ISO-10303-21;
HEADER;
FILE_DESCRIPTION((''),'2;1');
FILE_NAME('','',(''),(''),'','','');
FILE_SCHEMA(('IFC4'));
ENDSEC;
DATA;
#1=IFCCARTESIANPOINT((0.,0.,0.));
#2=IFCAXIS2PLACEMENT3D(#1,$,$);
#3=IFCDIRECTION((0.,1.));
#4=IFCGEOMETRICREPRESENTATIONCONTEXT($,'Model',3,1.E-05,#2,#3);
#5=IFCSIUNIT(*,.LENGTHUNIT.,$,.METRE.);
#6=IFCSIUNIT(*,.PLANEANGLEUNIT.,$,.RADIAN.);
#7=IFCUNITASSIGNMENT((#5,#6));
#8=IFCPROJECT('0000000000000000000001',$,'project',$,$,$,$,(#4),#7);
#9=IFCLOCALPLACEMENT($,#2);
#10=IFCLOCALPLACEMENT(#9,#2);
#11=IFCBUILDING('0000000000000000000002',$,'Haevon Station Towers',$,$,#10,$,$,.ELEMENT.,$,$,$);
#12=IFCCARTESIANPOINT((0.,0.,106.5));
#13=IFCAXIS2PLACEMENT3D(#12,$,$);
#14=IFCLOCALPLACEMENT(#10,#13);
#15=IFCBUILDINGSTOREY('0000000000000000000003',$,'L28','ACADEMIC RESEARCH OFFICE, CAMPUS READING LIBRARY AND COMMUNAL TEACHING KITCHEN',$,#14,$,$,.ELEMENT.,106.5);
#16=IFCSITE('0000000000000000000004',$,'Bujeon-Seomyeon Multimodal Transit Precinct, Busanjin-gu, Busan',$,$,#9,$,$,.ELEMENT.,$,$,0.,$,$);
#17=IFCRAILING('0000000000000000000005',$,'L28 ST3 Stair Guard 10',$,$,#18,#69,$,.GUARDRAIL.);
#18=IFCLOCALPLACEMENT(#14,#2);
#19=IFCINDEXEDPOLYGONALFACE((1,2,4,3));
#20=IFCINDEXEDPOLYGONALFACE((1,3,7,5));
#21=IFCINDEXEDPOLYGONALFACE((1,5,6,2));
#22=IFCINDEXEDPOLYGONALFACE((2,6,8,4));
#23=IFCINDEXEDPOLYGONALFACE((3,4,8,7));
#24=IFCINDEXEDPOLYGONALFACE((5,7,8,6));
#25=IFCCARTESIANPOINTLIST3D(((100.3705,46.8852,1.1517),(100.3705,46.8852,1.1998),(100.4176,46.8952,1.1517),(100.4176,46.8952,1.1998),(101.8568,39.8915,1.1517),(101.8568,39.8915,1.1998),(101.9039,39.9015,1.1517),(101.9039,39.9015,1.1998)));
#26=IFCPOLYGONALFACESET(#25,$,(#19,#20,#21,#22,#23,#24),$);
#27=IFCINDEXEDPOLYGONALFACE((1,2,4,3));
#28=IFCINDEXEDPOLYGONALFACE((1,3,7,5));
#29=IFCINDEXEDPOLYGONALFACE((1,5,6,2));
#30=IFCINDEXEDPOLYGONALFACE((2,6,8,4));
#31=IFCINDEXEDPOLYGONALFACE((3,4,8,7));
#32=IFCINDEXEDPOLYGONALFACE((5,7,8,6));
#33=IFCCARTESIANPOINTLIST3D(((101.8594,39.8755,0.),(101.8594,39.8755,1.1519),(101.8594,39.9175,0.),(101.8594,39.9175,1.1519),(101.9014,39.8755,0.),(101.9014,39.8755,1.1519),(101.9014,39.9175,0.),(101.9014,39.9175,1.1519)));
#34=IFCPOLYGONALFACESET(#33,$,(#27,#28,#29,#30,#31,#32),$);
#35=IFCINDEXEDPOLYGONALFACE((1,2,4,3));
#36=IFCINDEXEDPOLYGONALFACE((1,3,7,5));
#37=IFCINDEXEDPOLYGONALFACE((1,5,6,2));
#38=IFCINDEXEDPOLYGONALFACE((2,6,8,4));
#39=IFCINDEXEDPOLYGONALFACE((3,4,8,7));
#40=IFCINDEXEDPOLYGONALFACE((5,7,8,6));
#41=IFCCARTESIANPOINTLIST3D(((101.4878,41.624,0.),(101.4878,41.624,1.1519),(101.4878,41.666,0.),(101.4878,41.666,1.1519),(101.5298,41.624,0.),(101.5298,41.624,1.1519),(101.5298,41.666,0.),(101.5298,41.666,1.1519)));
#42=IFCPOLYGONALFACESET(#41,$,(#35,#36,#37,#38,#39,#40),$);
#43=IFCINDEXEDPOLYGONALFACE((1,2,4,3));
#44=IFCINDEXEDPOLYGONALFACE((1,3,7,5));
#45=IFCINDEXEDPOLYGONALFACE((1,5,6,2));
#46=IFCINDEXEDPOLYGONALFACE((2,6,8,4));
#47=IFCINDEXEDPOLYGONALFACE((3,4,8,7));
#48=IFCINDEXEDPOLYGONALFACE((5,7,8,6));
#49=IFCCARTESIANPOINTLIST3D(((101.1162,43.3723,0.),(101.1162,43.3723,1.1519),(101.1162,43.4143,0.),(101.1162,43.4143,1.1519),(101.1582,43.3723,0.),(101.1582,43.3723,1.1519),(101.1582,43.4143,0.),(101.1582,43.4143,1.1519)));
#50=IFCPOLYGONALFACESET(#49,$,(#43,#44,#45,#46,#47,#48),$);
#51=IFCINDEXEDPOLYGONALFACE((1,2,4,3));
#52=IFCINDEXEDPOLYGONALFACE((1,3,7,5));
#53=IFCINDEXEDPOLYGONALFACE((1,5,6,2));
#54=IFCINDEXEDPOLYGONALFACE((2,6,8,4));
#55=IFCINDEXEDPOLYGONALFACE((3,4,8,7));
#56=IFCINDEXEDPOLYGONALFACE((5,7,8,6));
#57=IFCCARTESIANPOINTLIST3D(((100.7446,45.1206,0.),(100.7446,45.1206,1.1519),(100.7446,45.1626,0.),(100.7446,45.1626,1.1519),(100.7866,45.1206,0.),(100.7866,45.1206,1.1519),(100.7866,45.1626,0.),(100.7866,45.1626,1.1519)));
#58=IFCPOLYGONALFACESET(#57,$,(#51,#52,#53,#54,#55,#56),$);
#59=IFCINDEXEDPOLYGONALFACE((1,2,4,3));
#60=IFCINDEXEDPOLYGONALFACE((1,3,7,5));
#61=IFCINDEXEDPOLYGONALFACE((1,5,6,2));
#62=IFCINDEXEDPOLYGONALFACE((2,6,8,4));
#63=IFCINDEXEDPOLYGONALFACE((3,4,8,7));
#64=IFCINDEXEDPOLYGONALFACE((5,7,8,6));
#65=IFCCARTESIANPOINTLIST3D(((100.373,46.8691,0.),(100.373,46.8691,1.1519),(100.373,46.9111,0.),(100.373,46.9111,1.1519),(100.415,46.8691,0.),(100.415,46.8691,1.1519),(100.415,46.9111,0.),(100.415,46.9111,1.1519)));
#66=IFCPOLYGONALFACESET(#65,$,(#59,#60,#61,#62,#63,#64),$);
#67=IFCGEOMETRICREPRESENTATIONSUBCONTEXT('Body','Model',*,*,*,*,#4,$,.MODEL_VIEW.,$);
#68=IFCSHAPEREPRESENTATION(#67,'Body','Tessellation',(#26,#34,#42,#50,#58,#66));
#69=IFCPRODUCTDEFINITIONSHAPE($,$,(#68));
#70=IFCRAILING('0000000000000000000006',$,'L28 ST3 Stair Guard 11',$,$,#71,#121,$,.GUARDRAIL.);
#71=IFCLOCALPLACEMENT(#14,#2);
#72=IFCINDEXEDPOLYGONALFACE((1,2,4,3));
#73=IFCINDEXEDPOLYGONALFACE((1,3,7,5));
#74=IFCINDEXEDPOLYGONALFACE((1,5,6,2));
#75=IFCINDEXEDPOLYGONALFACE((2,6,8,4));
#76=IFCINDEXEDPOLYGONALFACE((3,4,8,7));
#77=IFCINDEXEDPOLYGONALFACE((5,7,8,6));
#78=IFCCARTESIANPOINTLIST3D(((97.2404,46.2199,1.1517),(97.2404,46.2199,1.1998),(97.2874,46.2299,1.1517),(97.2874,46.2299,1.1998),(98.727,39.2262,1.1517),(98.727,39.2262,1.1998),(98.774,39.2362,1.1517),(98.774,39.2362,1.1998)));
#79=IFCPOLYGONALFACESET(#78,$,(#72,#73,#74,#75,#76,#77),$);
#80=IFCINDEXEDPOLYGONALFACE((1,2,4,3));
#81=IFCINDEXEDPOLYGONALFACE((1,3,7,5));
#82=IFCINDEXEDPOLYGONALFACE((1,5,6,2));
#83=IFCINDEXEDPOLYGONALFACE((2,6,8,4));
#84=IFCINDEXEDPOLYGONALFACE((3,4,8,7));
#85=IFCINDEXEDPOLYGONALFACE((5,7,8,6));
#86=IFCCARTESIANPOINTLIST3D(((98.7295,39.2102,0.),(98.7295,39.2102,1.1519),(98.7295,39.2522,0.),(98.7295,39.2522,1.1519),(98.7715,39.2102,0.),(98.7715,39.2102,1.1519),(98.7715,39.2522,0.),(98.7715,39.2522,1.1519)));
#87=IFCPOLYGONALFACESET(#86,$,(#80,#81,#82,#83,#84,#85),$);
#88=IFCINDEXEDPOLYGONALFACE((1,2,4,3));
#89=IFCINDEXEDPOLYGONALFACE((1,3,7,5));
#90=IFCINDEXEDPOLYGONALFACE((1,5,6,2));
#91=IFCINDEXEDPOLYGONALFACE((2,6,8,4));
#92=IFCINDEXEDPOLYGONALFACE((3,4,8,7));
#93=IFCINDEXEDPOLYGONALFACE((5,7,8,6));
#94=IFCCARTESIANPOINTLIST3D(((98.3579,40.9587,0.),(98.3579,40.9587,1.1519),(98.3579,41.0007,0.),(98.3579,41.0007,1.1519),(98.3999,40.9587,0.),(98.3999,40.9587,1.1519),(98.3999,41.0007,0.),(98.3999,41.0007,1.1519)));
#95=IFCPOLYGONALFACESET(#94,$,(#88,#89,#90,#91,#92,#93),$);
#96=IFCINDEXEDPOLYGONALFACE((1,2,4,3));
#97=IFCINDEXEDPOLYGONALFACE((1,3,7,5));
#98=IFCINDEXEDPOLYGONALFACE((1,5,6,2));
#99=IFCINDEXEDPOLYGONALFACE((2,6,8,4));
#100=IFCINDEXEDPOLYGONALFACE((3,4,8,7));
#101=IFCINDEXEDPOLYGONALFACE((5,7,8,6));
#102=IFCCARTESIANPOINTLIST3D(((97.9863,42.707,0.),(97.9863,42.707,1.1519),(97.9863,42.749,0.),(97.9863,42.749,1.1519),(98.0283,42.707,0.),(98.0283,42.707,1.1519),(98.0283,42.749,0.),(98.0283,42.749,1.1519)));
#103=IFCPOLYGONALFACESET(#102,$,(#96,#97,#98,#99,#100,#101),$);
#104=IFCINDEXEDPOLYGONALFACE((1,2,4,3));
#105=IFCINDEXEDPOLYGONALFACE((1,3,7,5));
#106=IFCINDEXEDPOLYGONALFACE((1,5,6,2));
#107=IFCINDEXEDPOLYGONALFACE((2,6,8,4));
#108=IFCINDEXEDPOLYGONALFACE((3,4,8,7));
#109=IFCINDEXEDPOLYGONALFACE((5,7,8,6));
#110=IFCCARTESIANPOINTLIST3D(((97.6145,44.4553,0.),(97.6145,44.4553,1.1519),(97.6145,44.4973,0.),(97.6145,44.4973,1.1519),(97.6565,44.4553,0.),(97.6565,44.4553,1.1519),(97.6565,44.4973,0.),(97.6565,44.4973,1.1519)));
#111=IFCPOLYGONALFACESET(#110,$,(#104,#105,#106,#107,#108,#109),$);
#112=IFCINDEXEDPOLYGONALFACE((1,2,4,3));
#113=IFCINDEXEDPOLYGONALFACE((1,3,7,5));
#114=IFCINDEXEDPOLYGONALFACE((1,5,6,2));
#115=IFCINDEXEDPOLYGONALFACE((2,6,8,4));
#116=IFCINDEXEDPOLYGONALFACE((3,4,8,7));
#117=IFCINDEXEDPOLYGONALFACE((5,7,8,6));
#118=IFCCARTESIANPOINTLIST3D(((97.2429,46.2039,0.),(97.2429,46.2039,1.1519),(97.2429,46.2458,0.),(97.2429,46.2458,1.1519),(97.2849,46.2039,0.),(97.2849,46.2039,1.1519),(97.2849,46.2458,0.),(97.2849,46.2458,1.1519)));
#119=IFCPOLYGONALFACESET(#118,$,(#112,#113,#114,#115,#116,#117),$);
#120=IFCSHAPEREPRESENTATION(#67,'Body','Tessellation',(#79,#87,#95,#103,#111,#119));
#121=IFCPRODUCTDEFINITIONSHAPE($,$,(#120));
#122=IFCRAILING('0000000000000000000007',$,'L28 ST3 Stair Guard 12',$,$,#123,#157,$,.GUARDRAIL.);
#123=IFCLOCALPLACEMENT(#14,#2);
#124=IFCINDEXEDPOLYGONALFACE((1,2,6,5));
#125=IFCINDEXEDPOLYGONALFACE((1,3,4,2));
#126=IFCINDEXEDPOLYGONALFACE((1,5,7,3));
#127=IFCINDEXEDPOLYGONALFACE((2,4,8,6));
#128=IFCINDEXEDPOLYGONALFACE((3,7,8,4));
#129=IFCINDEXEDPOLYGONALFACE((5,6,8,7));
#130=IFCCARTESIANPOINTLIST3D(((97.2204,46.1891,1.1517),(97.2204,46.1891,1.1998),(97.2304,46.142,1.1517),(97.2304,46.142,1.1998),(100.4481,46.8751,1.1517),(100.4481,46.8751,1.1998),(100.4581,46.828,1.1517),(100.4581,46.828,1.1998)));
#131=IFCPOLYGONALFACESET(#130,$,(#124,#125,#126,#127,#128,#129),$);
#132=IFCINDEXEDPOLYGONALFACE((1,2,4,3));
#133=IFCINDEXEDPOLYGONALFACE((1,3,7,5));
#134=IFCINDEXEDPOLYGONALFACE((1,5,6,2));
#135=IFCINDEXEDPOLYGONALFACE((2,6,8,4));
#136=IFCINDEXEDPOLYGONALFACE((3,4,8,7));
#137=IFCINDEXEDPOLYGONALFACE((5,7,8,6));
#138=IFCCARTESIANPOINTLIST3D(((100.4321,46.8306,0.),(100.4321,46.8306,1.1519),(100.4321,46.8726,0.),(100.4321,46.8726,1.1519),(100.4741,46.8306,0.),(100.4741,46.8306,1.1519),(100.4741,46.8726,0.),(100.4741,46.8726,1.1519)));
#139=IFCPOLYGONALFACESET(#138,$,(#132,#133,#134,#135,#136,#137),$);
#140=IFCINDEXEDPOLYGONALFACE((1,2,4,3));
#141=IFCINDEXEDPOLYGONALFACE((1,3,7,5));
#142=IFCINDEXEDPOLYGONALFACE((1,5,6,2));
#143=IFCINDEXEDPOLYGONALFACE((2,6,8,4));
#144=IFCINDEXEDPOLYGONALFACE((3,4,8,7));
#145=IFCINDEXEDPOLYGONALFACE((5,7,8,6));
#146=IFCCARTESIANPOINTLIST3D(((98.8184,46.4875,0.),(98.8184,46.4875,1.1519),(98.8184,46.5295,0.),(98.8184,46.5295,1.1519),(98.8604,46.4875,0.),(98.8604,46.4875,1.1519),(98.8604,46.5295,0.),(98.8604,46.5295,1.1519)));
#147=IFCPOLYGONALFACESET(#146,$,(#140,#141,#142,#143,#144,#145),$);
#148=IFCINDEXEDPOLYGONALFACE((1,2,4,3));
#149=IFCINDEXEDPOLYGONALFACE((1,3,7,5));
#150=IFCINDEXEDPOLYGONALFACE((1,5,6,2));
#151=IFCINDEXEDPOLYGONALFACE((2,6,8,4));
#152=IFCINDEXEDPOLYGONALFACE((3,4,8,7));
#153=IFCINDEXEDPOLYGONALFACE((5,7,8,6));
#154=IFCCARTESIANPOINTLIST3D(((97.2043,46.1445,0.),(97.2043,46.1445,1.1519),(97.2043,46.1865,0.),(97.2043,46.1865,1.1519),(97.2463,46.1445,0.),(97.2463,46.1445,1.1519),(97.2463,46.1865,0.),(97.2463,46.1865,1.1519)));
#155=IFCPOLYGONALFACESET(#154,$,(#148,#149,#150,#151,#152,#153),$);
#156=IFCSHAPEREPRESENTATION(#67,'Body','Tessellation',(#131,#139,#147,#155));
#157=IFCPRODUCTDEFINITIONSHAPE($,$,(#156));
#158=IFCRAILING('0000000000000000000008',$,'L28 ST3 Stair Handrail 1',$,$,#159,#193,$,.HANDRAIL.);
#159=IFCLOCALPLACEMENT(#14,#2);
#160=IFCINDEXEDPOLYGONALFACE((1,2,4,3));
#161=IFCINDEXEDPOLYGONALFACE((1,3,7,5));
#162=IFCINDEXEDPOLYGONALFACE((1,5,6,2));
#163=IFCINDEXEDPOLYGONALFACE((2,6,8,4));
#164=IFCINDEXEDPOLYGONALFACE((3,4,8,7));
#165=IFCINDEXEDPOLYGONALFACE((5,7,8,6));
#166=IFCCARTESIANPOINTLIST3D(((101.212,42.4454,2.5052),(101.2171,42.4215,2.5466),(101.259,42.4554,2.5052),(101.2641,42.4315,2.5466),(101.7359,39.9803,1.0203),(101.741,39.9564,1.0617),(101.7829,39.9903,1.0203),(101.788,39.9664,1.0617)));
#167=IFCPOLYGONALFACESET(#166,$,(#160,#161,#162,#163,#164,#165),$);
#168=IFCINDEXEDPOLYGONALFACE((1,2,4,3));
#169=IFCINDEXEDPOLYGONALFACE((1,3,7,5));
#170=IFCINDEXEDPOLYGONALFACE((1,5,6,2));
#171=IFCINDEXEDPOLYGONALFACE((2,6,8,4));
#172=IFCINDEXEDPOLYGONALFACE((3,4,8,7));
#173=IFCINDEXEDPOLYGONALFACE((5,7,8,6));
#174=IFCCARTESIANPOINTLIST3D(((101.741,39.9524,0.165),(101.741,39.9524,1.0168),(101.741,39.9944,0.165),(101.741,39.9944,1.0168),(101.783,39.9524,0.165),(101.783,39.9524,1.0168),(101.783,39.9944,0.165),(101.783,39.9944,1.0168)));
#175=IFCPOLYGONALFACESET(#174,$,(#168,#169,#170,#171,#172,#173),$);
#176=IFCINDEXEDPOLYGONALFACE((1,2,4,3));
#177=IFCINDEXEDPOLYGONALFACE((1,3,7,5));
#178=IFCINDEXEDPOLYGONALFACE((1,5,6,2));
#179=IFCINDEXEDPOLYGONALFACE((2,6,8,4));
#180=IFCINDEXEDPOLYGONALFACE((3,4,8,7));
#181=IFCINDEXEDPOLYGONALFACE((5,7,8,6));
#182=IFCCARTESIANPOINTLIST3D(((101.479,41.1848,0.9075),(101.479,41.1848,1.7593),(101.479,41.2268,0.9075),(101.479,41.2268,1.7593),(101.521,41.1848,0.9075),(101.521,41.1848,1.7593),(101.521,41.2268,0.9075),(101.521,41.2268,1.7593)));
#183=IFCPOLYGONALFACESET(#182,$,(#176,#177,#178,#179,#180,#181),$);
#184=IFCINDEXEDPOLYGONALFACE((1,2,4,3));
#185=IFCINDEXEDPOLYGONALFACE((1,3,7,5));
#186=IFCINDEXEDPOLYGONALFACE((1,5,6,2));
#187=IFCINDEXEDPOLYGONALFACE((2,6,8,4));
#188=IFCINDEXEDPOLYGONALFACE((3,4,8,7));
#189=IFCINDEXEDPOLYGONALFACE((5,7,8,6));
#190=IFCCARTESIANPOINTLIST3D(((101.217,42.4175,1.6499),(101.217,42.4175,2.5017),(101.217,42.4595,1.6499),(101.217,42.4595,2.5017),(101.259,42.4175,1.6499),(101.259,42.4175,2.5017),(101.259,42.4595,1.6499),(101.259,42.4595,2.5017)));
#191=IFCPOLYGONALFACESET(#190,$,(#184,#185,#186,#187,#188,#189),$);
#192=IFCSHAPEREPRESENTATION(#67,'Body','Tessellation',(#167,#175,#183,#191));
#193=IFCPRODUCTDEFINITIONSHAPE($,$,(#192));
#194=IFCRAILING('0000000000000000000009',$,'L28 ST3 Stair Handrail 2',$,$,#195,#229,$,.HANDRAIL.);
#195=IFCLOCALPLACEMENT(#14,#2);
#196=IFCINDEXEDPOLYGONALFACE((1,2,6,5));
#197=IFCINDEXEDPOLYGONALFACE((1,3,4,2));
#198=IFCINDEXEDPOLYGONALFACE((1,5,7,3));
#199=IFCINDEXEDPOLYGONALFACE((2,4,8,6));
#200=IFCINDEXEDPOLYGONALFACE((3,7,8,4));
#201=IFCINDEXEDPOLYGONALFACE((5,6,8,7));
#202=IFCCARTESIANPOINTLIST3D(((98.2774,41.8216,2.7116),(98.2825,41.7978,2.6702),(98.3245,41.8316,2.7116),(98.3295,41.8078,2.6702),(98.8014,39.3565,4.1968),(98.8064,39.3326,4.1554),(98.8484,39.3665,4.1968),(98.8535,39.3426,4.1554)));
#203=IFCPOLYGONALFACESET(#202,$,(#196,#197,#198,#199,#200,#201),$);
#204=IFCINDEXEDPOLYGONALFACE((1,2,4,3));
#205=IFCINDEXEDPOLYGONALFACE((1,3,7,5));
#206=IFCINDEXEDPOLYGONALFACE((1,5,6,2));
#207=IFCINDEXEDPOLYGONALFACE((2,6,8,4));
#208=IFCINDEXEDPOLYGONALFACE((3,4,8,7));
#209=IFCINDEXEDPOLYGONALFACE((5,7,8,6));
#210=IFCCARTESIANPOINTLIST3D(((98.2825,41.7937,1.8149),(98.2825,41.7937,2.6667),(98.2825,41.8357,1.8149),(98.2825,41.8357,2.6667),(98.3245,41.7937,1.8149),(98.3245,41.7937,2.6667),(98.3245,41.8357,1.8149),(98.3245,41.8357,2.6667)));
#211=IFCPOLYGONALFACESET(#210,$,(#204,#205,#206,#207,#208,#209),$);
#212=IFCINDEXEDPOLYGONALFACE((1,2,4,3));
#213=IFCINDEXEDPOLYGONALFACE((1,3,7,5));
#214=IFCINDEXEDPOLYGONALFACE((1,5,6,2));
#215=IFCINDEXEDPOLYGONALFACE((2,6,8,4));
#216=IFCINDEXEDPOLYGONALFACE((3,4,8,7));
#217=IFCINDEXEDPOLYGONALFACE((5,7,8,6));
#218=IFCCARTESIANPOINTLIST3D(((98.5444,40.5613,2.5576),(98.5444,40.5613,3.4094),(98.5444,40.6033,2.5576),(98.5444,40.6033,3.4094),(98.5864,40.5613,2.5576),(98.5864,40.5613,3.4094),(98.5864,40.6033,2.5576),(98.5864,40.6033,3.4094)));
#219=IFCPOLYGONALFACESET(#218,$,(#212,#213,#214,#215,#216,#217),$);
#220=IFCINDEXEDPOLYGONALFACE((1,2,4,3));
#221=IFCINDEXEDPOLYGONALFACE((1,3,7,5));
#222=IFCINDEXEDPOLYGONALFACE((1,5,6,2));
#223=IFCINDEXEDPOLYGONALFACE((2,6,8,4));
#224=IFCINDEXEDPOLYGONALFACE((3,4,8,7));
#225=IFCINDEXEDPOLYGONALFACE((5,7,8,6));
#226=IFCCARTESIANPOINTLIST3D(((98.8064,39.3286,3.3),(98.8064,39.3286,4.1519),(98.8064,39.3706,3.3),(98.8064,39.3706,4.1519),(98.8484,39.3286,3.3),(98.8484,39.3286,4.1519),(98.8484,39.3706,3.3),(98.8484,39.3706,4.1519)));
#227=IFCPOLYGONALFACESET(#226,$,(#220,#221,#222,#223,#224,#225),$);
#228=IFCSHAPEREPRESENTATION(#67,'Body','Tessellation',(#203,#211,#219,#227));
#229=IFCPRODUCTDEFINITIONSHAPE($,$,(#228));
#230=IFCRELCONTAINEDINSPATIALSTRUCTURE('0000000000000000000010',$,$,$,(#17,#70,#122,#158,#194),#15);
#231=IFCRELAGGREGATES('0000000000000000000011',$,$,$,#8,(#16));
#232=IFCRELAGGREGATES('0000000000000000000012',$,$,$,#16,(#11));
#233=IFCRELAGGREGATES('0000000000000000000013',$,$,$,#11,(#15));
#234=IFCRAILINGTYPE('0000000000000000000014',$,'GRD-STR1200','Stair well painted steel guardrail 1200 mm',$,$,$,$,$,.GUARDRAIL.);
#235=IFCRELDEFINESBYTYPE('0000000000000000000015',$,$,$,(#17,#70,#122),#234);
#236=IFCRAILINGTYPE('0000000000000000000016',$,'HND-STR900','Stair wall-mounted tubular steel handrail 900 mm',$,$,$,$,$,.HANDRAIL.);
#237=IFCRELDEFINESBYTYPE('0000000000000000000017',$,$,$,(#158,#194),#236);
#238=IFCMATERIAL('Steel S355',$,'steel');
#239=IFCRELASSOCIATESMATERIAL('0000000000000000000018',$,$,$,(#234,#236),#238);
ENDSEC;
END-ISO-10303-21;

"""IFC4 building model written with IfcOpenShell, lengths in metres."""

from ifc_helpers import new_model, si_unit, direction, frame, origin, origin_2d, place, context, subcontext, project, spatial, rectangle, extrude, material, type_object, element, save


model = new_model("IFC4")

# Units and contexts
model_context = context("Model", 3, precision=1e-05, world=origin(), true_north=direction((0.0, 1.0)))
body_context = subcontext(model_context, "Body", "Model", "MODEL_VIEW")
ifc_project = project(units=[si_unit("LENGTHUNIT", "METRE"), si_unit("PLANEANGLEUNIT", "RADIAN")], contexts=[model_context])

# Site, building, storey
site_placement = place(None, origin())
site = spatial("IfcSite", under=ifc_project, at=site_placement, Name="Bujeon-Seomyeon Multimodal Transit Precinct, Busanjin-gu, Busan", CompositionType="ELEMENT", RefElevation=0.0)
building_placement = place(site_placement, origin())
building = spatial("IfcBuilding", under=site, at=building_placement, Name="Haevon Station Towers", CompositionType="ELEMENT")
storey_placement = place(building_placement, frame((0.0, 0.0, 106.5)))
storey = spatial("IfcBuildingStorey", under=building, at=storey_placement, Name="L28", Description="ACADEMIC RESEARCH OFFICE, CAMPUS READING LIBRARY AND COMMUNAL TEACHING KITCHEN", CompositionType="ELEMENT", Elevation=106.5)

# Shared definitions
ifc_material_1 = material(Name="Steel S355", Category="steel")

# Railings
railing_type_1 = type_object("IfcRailingType", Name="GRD-STR1200", Description="Stair well painted steel guardrail 1200 mm", PredefinedType="GUARDRAIL", material=ifc_material_1)
railing_1_placement = place(storey_placement, frame((101.8804, 39.8965, 0.0)))
element("IfcRailing", 1, at=railing_1_placement, inside=storey, type_object=railing_type_1, Name="L28 ST3 Stair Guard 10", PredefinedType="GUARDRAIL", context=body_context, shape_type="SweptSolid", body=[
    extrude(rectangle(XDim=0.0481, YDim=0.0481, at=origin_2d()), frame((0.0, 0.0, 1.1758), z_axis=(-0.207882, 0.978154, 0.0), x_axis=(-0.978154, -0.207882, 0.0)), (0.0, 0.0, 1.0), 7.1499),
    extrude(rectangle(XDim=0.042, YDim=0.042, at=origin_2d()), origin(), (0.0, 0.0, 1.0), 1.1519),
    extrude(rectangle(XDim=0.042, YDim=0.042, at=origin_2d()), frame((-0.3716, 1.7485, 0.0)), (0.0, 0.0, 1.0), 1.1519),
    extrude(rectangle(XDim=0.042, YDim=0.042, at=origin_2d()), frame((-0.7432, 3.4968, 0.0)), (0.0, 0.0, 1.0), 1.1519),
    extrude(rectangle(XDim=0.042, YDim=0.042, at=origin_2d()), frame((-1.1147, 5.2451, 0.0)), (0.0, 0.0, 1.0), 1.1519),
    extrude(rectangle(XDim=0.042, YDim=0.042, at=origin_2d()), frame((-1.4863, 6.9937, 0.0)), (0.0, 0.0, 1.0), 1.1519),
])
railing_2_placement = place(storey_placement, frame((98.7505, 39.2312, 0.0)))
element("IfcRailing", 2, at=railing_2_placement, inside=storey, type_object=railing_type_1, Name="L28 ST3 Stair Guard 11", PredefinedType="GUARDRAIL", context=body_context, shape_type="SweptSolid", body=[
    extrude(rectangle(XDim=0.0481, YDim=0.0481, at=origin_2d()), frame((0.0, 0.0, 1.1758), z_axis=(-0.207915, 0.978147, 0.0), x_axis=(-0.978147, -0.207915, 0.0)), (0.0, 0.0, 1.0), 7.1499),
    extrude(rectangle(XDim=0.042, YDim=0.042, at=origin_2d()), origin(), (0.0, 0.0, 1.0), 1.1519),
    extrude(rectangle(XDim=0.042, YDim=0.042, at=origin_2d()), frame((-0.3716, 1.7485, 0.0)), (0.0, 0.0, 1.0), 1.1519),
    extrude(rectangle(XDim=0.042, YDim=0.042, at=origin_2d()), frame((-0.7432, 3.4968, 0.0)), (0.0, 0.0, 1.0), 1.1519),
    extrude(rectangle(XDim=0.042, YDim=0.042, at=origin_2d()), frame((-1.115, 5.2451, 0.0)), (0.0, 0.0, 1.0), 1.1519),
    extrude(rectangle(XDim=0.042, YDim=0.042, at=origin_2d()), frame((-1.4866, 6.9937, 0.0)), (0.0, 0.0, 1.0), 1.1519),
])
railing_3_placement = place(storey_placement, frame((100.4531, 46.8516, 0.0)))
element("IfcRailing", 3, at=railing_3_placement, inside=storey, type_object=railing_type_1, Name="L28 ST3 Stair Guard 12", PredefinedType="GUARDRAIL", context=body_context, shape_type="SweptSolid", body=[
    extrude(rectangle(XDim=0.0481, YDim=0.0481, at=origin_2d()), frame((0.0, 0.0, 1.1758), z_axis=(-0.978151, -0.207897, 0.0), x_axis=(0.207897, -0.978151, 0.0)), (0.0, 0.0, 1.0), 3.2998),
    extrude(rectangle(XDim=0.042, YDim=0.042, at=origin_2d()), origin(), (0.0, 0.0, 1.0), 1.1519),
    extrude(rectangle(XDim=0.042, YDim=0.042, at=origin_2d()), frame((-1.6138, -0.343, 0.0)), (0.0, 0.0, 1.0), 1.1519),
    extrude(rectangle(XDim=0.042, YDim=0.042, at=origin_2d()), frame((-3.2278, -0.686, 0.0)), (0.0, 0.0, 1.0), 1.1519),
])
railing_type_2 = type_object("IfcRailingType", Name="HND-STR900", Description="Stair wall-mounted tubular steel handrail 900 mm", PredefinedType="HANDRAIL", material=ifc_material_1)
railing_4_placement = place(storey_placement, frame((101.762, 39.9734, 0.165)))
element("IfcRailing", 4, at=railing_4_placement, inside=storey, type_object=railing_type_2, Name="L28 ST3 Stair Handrail 1", PredefinedType="HANDRAIL", context=body_context, shape_type="SweptSolid", body=[
    extrude(rectangle(XDim=0.0481, YDim=0.0481, at=origin_2d()), frame((0.0, 0.0, 0.876), z_axis=(-0.179116, 0.842748, 0.507635), x_axis=(-0.978151, -0.207895, 0.0)), (0.0, 0.0, 1.0), 2.925),
    extrude(rectangle(XDim=0.042, YDim=0.042, at=origin_2d()), origin(), (0.0, 0.0, 1.0), 0.8518),
    extrude(rectangle(XDim=0.042, YDim=0.042, at=origin_2d()), frame((-0.262, 1.2324, 0.7424)), (0.0, 0.0, 1.0), 0.8518),
    extrude(rectangle(XDim=0.042, YDim=0.042, at=origin_2d()), frame((-0.5239, 2.4651, 1.4849)), (0.0, 0.0, 1.0), 0.8518),
])
railing_5_placement = place(storey_placement, frame((98.3035, 41.8147, 1.8149)))
element("IfcRailing", 5, at=railing_5_placement, inside=storey, type_object=railing_type_2, Name="L28 ST3 Stair Handrail 2", PredefinedType="HANDRAIL", context=body_context, shape_type="SweptSolid", body=[
    extrude(rectangle(XDim=0.0481, YDim=0.0481, at=origin_2d()), frame((0.0, 0.0, 0.876), z_axis=(0.179109, -0.842712, 0.507697), x_axis=(0.978151, 0.207895, 0.0)), (0.0, 0.0, 1.0), 2.9253),
    extrude(rectangle(XDim=0.042, YDim=0.042, at=origin_2d()), origin(), (0.0, 0.0, 1.0), 0.8518),
    extrude(rectangle(XDim=0.042, YDim=0.042, at=origin_2d()), frame((0.262, -1.2324, 0.7427)), (0.0, 0.0, 1.0), 0.8518),
    extrude(rectangle(XDim=0.042, YDim=0.042, at=origin_2d()), frame((0.5239, -2.4651, 1.4851)), (0.0, 0.0, 1.0), 0.8518),
])

save(model, "model.ifc")
